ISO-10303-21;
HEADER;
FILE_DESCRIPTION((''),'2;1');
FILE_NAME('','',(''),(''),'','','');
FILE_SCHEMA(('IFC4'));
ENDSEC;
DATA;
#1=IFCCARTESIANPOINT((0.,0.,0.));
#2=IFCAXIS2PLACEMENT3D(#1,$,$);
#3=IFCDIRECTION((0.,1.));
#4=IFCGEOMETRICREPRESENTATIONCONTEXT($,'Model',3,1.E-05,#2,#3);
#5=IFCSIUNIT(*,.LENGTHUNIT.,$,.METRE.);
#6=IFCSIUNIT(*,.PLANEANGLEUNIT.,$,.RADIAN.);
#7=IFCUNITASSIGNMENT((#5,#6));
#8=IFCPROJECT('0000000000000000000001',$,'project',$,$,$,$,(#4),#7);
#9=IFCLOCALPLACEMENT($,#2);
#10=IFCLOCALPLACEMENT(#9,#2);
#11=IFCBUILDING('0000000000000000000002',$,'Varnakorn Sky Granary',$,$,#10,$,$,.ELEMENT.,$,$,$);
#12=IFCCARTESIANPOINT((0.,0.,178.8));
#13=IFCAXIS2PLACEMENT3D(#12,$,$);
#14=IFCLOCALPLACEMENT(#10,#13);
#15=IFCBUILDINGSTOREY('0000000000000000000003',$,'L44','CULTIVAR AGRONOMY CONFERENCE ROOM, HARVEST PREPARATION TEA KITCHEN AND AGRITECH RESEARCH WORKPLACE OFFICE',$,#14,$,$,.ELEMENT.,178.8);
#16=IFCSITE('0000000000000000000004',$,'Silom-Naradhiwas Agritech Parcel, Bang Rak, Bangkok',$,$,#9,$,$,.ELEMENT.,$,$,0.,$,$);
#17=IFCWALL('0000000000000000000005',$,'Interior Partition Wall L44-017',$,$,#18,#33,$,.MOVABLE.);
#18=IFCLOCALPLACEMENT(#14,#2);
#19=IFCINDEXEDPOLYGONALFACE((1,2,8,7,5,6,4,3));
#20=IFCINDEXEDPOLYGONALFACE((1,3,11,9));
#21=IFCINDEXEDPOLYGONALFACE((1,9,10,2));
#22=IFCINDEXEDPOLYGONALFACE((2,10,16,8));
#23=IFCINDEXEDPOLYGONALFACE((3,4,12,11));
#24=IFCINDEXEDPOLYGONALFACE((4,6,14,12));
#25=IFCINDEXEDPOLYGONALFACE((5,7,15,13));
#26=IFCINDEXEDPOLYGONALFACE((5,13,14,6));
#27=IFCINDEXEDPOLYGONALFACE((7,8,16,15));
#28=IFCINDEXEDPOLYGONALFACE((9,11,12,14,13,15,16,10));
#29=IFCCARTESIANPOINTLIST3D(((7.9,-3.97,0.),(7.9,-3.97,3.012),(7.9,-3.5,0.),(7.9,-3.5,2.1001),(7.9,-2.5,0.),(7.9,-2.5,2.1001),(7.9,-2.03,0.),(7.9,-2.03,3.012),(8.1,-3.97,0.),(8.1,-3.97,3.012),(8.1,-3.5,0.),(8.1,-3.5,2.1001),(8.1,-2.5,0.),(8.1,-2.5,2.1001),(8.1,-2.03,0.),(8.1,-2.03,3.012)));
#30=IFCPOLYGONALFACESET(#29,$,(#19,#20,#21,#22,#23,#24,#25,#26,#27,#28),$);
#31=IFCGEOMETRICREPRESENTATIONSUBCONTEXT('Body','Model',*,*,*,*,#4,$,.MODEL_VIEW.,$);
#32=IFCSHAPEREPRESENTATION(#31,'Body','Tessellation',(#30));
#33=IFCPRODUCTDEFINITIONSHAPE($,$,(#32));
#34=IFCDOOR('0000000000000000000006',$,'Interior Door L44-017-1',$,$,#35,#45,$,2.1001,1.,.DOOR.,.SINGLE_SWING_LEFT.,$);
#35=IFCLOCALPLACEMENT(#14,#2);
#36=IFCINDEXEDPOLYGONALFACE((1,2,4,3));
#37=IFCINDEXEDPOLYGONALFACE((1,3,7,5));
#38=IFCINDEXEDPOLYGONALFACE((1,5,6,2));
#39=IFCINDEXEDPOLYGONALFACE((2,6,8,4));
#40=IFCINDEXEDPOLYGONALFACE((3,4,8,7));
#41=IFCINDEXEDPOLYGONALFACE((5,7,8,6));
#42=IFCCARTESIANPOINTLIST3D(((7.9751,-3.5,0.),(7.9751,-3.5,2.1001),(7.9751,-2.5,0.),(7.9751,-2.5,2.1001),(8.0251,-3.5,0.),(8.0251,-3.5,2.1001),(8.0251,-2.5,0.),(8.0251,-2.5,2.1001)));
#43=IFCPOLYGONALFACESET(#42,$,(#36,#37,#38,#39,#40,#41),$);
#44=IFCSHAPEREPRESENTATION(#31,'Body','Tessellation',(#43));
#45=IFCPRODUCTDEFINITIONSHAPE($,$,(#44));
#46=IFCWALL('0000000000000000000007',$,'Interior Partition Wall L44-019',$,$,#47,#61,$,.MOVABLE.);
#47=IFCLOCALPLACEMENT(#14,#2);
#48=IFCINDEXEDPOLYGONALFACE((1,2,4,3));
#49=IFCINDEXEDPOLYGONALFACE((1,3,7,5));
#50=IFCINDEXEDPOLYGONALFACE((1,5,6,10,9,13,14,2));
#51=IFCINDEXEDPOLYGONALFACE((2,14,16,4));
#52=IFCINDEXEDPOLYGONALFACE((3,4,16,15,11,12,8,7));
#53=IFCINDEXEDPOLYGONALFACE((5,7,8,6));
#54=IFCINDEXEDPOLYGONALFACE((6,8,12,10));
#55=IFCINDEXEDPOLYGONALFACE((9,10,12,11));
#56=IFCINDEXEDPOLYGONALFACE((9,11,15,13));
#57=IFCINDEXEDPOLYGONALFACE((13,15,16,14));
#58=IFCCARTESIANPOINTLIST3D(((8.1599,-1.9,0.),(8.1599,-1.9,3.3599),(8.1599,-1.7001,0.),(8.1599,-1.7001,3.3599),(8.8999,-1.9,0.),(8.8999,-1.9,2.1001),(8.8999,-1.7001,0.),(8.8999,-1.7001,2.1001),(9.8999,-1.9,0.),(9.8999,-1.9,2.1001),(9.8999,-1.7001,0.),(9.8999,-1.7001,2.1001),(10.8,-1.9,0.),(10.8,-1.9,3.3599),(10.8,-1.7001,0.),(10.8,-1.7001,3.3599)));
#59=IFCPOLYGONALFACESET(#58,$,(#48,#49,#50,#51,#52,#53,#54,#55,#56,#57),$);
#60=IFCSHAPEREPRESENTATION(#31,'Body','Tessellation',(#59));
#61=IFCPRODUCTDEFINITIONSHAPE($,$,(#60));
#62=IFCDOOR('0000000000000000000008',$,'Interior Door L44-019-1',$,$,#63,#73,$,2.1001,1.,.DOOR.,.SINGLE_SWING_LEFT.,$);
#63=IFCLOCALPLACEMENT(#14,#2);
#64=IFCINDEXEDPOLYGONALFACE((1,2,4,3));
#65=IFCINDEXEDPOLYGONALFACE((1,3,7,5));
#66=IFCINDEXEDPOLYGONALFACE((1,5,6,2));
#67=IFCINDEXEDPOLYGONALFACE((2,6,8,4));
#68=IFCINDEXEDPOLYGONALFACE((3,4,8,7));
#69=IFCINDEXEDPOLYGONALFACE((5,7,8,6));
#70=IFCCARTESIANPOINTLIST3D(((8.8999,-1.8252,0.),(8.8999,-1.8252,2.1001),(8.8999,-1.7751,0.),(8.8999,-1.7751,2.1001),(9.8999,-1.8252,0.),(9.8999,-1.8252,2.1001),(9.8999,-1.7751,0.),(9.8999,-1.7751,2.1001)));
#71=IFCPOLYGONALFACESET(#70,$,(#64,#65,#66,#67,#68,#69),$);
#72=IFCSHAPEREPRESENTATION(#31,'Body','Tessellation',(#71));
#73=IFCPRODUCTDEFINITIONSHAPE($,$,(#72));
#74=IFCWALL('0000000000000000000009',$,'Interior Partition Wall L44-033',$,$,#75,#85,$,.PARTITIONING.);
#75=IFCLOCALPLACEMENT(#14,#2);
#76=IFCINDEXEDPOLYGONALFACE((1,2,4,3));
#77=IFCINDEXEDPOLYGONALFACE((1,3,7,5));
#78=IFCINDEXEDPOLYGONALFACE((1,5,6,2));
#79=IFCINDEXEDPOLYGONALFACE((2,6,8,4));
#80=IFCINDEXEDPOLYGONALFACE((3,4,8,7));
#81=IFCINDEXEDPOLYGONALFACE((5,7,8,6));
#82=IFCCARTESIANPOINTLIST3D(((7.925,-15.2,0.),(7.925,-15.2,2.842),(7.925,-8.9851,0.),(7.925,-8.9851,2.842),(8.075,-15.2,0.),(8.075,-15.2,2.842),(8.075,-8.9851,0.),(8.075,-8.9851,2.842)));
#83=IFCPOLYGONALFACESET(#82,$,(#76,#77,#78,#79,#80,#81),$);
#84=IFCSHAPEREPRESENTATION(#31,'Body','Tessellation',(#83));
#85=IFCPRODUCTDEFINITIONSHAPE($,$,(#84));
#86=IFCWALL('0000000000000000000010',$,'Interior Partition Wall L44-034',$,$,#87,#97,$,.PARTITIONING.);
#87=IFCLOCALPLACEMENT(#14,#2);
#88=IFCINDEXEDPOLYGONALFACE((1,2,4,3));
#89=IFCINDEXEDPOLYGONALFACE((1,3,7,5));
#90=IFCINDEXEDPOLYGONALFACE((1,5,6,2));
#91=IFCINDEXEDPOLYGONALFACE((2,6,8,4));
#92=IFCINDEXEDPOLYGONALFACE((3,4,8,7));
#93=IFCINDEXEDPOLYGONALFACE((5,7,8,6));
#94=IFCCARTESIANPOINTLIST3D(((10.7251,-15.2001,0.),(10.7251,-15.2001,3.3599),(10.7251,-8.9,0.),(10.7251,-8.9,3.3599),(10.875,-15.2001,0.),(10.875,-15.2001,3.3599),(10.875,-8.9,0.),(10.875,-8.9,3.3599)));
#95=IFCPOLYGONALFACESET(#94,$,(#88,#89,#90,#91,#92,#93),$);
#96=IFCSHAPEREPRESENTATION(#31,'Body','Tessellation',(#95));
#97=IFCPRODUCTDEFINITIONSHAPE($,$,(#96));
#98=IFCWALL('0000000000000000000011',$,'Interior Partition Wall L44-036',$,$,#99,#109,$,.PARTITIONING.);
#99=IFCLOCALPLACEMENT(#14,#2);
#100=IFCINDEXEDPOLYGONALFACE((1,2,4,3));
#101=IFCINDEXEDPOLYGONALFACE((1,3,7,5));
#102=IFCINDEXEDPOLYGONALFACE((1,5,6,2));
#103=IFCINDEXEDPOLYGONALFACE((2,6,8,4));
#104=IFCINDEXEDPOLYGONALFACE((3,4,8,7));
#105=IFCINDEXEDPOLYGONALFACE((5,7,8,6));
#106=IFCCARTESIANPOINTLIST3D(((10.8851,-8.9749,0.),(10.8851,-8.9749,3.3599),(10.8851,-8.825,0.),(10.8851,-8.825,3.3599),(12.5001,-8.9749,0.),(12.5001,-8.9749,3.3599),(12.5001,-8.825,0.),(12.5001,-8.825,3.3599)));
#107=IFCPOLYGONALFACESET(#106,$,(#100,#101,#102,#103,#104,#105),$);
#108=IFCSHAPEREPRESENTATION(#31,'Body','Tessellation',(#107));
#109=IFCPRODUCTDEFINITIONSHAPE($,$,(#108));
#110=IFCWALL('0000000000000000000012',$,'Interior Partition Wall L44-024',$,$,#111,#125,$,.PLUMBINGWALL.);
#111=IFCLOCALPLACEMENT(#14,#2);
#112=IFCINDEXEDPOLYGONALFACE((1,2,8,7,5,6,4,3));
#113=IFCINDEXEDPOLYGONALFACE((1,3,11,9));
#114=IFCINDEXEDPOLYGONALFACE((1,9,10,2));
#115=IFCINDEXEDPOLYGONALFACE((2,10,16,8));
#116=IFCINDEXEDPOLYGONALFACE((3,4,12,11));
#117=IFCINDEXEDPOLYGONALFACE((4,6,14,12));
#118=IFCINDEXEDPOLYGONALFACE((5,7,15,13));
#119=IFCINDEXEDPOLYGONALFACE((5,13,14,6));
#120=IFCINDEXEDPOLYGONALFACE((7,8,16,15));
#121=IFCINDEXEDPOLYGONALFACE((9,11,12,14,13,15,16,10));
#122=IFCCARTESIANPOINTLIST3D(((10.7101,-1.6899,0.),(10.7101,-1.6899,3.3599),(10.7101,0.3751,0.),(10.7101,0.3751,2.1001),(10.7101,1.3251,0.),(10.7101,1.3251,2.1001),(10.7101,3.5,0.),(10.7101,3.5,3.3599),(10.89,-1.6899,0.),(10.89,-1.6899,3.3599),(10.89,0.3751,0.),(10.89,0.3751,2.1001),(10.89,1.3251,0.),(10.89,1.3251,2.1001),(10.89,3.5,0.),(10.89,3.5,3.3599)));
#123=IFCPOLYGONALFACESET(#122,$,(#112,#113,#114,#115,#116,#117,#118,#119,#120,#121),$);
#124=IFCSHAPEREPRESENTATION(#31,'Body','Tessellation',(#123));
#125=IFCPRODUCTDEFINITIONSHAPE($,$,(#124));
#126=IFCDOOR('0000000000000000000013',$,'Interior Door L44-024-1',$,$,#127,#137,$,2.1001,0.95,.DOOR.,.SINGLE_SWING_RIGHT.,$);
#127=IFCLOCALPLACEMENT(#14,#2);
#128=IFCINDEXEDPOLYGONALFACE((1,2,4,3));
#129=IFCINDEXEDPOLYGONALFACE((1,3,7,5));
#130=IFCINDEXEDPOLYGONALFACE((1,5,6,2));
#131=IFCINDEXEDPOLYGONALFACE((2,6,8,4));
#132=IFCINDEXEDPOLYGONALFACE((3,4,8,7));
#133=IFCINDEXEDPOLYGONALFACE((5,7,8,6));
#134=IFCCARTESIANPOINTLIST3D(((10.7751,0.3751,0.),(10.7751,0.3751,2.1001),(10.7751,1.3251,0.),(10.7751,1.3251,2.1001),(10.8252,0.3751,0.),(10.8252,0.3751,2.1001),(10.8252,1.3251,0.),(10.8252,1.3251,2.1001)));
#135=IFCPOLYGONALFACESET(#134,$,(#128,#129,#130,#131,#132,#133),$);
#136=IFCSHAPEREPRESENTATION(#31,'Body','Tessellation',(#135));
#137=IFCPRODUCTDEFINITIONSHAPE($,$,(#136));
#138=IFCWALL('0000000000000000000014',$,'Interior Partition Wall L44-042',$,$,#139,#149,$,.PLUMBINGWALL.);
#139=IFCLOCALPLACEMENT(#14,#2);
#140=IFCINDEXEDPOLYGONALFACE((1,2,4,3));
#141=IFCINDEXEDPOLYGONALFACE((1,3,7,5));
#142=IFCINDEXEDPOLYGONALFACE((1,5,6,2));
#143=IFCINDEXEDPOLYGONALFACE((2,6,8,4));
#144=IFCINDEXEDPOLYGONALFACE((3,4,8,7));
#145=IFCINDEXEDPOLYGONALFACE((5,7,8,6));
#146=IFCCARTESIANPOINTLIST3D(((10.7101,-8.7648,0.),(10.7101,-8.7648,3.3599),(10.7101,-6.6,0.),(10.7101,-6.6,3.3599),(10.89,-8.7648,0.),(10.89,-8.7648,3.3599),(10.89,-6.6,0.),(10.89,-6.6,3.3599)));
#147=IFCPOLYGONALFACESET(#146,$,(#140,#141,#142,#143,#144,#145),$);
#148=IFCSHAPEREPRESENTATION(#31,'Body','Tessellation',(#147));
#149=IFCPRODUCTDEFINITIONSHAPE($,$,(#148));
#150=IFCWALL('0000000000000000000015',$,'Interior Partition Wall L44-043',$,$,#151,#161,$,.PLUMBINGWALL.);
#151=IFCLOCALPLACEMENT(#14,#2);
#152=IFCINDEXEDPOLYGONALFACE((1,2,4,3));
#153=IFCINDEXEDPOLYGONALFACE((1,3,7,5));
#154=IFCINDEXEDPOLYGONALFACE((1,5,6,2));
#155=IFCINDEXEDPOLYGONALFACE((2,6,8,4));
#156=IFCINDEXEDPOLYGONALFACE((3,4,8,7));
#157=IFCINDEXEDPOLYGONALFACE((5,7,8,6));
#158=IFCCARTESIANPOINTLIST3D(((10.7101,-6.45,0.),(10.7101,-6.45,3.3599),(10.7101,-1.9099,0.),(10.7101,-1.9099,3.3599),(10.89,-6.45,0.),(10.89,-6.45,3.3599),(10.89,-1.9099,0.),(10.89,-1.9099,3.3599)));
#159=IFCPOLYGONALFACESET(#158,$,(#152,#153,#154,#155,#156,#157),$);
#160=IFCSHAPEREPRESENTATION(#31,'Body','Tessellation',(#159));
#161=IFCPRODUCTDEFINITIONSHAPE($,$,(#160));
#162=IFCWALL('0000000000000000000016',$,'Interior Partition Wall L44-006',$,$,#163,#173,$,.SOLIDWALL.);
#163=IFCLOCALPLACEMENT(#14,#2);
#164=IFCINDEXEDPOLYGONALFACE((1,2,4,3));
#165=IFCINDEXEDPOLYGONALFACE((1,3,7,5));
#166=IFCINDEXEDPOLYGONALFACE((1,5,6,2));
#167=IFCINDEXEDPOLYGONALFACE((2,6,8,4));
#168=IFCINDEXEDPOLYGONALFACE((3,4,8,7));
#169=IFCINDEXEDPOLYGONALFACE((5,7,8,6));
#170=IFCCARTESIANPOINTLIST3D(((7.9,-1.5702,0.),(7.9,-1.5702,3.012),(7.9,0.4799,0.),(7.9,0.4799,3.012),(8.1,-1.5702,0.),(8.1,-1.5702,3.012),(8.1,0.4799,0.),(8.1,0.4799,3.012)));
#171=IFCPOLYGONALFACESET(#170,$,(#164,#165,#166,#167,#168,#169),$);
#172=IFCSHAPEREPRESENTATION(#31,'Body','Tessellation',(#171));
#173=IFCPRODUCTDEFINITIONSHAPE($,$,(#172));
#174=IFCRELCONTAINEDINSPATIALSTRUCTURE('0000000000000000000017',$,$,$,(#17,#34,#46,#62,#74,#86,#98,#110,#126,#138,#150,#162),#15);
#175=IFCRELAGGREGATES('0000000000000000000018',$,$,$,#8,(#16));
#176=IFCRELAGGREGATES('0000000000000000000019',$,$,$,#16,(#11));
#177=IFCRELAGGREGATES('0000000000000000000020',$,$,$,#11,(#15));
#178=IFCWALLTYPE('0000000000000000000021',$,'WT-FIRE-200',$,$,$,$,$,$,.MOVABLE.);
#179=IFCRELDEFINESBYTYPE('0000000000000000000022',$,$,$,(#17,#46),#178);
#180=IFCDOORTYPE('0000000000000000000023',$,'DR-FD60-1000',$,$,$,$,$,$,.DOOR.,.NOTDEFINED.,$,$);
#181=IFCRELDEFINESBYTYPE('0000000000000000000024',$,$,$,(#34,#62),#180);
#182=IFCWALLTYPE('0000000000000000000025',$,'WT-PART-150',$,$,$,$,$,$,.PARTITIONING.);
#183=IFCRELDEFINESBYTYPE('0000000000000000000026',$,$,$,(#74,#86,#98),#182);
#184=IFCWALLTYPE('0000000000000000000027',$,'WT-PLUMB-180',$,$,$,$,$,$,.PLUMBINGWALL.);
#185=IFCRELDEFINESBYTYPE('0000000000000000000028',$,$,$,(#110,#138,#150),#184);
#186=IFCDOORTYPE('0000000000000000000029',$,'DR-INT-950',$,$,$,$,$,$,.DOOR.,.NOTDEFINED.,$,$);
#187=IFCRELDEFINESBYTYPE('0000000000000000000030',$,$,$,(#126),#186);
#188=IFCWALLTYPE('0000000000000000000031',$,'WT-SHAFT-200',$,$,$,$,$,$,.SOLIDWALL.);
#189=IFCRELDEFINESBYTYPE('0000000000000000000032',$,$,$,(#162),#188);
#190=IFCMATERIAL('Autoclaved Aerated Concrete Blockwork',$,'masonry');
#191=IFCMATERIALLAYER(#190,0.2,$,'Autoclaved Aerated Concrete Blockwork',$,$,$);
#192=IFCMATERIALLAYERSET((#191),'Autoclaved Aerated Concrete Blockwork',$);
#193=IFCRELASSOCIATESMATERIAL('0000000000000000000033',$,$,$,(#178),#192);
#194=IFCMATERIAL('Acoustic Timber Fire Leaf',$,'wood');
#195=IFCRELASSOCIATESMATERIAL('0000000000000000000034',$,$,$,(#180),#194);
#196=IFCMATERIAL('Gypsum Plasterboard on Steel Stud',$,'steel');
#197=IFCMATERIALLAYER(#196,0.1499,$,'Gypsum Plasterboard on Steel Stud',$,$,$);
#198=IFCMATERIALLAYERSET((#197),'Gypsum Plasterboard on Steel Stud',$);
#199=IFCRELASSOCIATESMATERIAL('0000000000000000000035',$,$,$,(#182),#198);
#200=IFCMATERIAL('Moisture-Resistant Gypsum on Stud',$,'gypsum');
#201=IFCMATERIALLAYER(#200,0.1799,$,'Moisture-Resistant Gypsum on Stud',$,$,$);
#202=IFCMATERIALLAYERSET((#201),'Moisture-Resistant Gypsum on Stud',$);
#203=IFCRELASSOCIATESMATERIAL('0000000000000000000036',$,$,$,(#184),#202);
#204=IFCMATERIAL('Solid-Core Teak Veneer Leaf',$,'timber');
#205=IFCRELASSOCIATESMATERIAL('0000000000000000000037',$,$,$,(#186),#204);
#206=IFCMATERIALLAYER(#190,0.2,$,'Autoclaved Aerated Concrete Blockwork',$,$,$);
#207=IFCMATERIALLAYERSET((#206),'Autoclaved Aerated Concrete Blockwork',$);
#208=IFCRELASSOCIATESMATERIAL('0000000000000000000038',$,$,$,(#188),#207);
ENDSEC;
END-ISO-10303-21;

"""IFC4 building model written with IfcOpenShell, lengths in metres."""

from ifc_helpers import new_model, si_unit, direction, frame, frame_2d, origin, place, context, subcontext, project, spatial, rectangle, extrude, material, layer, layer_set, type_object, element, fill, save


model = new_model("IFC4")

# Units and contexts
model_context = context("Model", 3, precision=1e-05, world=origin(), true_north=direction((0.0, 1.0)))
body_context = subcontext(model_context, "Body", "Model", "MODEL_VIEW")
ifc_project = project(units=[si_unit("LENGTHUNIT", "METRE"), si_unit("PLANEANGLEUNIT", "RADIAN")], contexts=[model_context])

# Site, building, storey
site_placement = place(None, origin())
site = spatial("IfcSite", under=ifc_project, at=site_placement, Name="Silom-Naradhiwas Agritech Parcel, Bang Rak, Bangkok", CompositionType="ELEMENT", RefElevation=0.0)
building_placement = place(site_placement, origin())
building = spatial("IfcBuilding", under=site, at=building_placement, Name="Varnakorn Sky Granary", CompositionType="ELEMENT")
storey_placement = place(building_placement, frame((0.0, 0.0, 178.8)))
storey = spatial("IfcBuildingStorey", under=building, at=storey_placement, Name="L44", Description="CULTIVAR AGRONOMY CONFERENCE ROOM, HARVEST PREPARATION TEA KITCHEN AND AGRITECH RESEARCH WORKPLACE OFFICE", CompositionType="ELEMENT", Elevation=178.8)

# Walls, openings, doors
ifc_material_1 = material(Name="Autoclaved Aerated Concrete Blockwork", Category="masonry")
ifc_layer_1 = layer(ifc_material_1, 0.2, Name="Autoclaved Aerated Concrete Blockwork")
ifc_layer_set_1 = layer_set([ifc_layer_1], Name="Autoclaved Aerated Concrete Blockwork")
wall_type_1 = type_object("IfcWallType", Name="WT-FIRE-200", PredefinedType="MOVABLE", material=ifc_layer_set_1)
wall_1_placement = place(storey_placement, frame((8.0, -3.97, 0.0), z_axis=(0.0, 0.0, 1.0), x_axis=(0.0, 1.0, 0.0)))
wall_1 = element("IfcWall", 1, at=wall_1_placement, inside=storey, type_object=wall_type_1, Name="Interior Partition Wall L44-017", PredefinedType="MOVABLE", context=body_context, shape_type="SweptSolid", body=[
    extrude(rectangle(XDim=1.9399, YDim=0.2, at=frame_2d((0.97, 0.0))), origin(), (0.0, 0.0, 1.0), 3.012),
])
opening_1_placement = place(wall_1_placement, frame((0.47, 0.0, 0.0)))
opening_1 = element("IfcOpeningElement", 2, at=opening_1_placement, cuts=wall_1, PredefinedType="OPENING", context=body_context, shape_type="SweptSolid", body=[
    extrude(rectangle(XDim=1.0, YDim=2.1001, at=frame_2d((0.5, 1.05))), frame((0.0, 0.1099, 0.0), z_axis=(0.0, -1.0, 0.0), x_axis=(1.0, 0.0, 0.0)), (0.0, 0.0, 1.0), 0.22),
])
ifc_material_2 = material(Name="Acoustic Timber Fire Leaf", Category="wood")
door_type_1 = type_object("IfcDoorType", Name="DR-FD60-1000", OperationType="NOTDEFINED", PredefinedType="DOOR", material=ifc_material_2)
door_1_placement = place(opening_1_placement, origin())
door_1 = element("IfcDoor", 3, at=door_1_placement, inside=storey, type_object=door_type_1, Name="Interior Door L44-017-1", OperationType="SINGLE_SWING_LEFT", OverallHeight=2.1001, OverallWidth=1.0, PredefinedType="DOOR", context=body_context, shape_type="SweptSolid", body=[
    extrude(rectangle(XDim=1.0, YDim=2.1001, at=frame_2d((0.5, 1.05))), frame((0.0, 0.0249, 0.0), z_axis=(0.0, -1.0, 0.0), x_axis=(1.0, 0.0, 0.0)), (0.0, 0.0, 1.0), 0.05),
])
fill(opening_1, door_1)
wall_2_placement = place(storey_placement, frame((8.1599, -1.8, 0.0), z_axis=(0.0, 0.0, 1.0), x_axis=(1.0, 0.0, 0.0)))
wall_2 = element("IfcWall", 4, at=wall_2_placement, inside=storey, type_object=wall_type_1, Name="Interior Partition Wall L44-019", PredefinedType="MOVABLE", context=body_context, shape_type="SweptSolid", body=[
    extrude(rectangle(XDim=2.6401, YDim=0.2, at=frame_2d((1.3201, 0.0))), origin(), (0.0, 0.0, 1.0), 3.3599),
])
opening_2_placement = place(wall_2_placement, frame((0.74, 0.0, 0.0)))
opening_2 = element("IfcOpeningElement", 5, at=opening_2_placement, cuts=wall_2, PredefinedType="OPENING", context=body_context, shape_type="SweptSolid", body=[
    extrude(rectangle(XDim=1.0, YDim=2.1001, at=frame_2d((0.5, 1.05))), frame((0.0, 0.1099, 0.0), z_axis=(0.0, -1.0, 0.0), x_axis=(1.0, 0.0, 0.0)), (0.0, 0.0, 1.0), 0.22),
])
door_2_placement = place(opening_2_placement, origin())
door_2 = element("IfcDoor", 6, at=door_2_placement, inside=storey, type_object=door_type_1, Name="Interior Door L44-019-1", OperationType="SINGLE_SWING_LEFT", OverallHeight=2.1001, OverallWidth=1.0, PredefinedType="DOOR", context=body_context, shape_type="SweptSolid", body=[
    extrude(rectangle(XDim=1.0, YDim=2.1001, at=frame_2d((0.5, 1.05))), frame((0.0, 0.0249, 0.0), z_axis=(0.0, -1.0, 0.0), x_axis=(1.0, 0.0, 0.0)), (0.0, 0.0, 1.0), 0.05),
])
fill(opening_2, door_2)

# Walls
ifc_material_3 = material(Name="Gypsum Plasterboard on Steel Stud", Category="steel")
ifc_layer_2 = layer(ifc_material_3, 0.1499, Name="Gypsum Plasterboard on Steel Stud")
ifc_layer_set_2 = layer_set([ifc_layer_2], Name="Gypsum Plasterboard on Steel Stud")
wall_type_2 = type_object("IfcWallType", Name="WT-PART-150", PredefinedType="PARTITIONING", material=ifc_layer_set_2)
wall_3_placement = place(storey_placement, frame((8.0, -8.9851, 0.0), z_axis=(0.0, 0.0, 1.0), x_axis=(0.0, -1.0, 0.0)))
element("IfcWall", 7, at=wall_3_placement, inside=storey, type_object=wall_type_2, Name="Interior Partition Wall L44-033", PredefinedType="PARTITIONING", context=body_context, shape_type="SweptSolid", body=[
    extrude(rectangle(XDim=6.2148, YDim=0.1499, at=frame_2d((3.1074, 0.0))), origin(), (0.0, 0.0, 1.0), 2.842),
])
wall_4_placement = place(storey_placement, frame((10.8, -15.2, 0.0), z_axis=(0.0, 0.0, 1.0), x_axis=(0.0, 1.0, 0.0)))
element("IfcWall", 8, at=wall_4_placement, inside=storey, type_object=wall_type_2, Name="Interior Partition Wall L44-034", PredefinedType="PARTITIONING", context=body_context, shape_type="SweptSolid", body=[
    extrude(rectangle(XDim=6.3, YDim=0.1499, at=frame_2d((3.1499, 0.0))), origin(), (0.0, 0.0, 1.0), 3.3599),
])
wall_5_placement = place(storey_placement, frame((10.885, -8.8999, 0.0), z_axis=(0.0, 0.0, 1.0), x_axis=(1.0, 0.0, 0.0)))
element("IfcWall", 9, at=wall_5_placement, inside=storey, type_object=wall_type_2, Name="Interior Partition Wall L44-036", PredefinedType="PARTITIONING", context=body_context, shape_type="SweptSolid", body=[
    extrude(rectangle(XDim=1.615, YDim=0.1499, at=frame_2d((0.8076, 0.0))), origin(), (0.0, 0.0, 1.0), 3.3599),
])

# Wall, opening, door
ifc_material_4 = material(Name="Moisture-Resistant Gypsum on Stud", Category="gypsum")
ifc_layer_3 = layer(ifc_material_4, 0.1799, Name="Moisture-Resistant Gypsum on Stud")
ifc_layer_set_3 = layer_set([ifc_layer_3], Name="Moisture-Resistant Gypsum on Stud")
wall_type_3 = type_object("IfcWallType", Name="WT-PLUMB-180", PredefinedType="PLUMBINGWALL", material=ifc_layer_set_3)
wall_6_placement = place(storey_placement, frame((10.8, -1.6899, 0.0), z_axis=(0.0, 0.0, 1.0), x_axis=(0.0, 1.0, 0.0)))
wall_6 = element("IfcWall", 10, at=wall_6_placement, inside=storey, type_object=wall_type_3, Name="Interior Partition Wall L44-024", PredefinedType="PLUMBINGWALL", context=body_context, shape_type="SweptSolid", body=[
    extrude(rectangle(XDim=5.1899, YDim=0.1799, at=frame_2d((2.595, 0.0))), origin(), (0.0, 0.0, 1.0), 3.3599),
])
opening_3_placement = place(wall_6_placement, frame((2.0649, 0.0, 0.0)))
opening_3 = element("IfcOpeningElement", 11, at=opening_3_placement, cuts=wall_6, PredefinedType="OPENING", context=body_context, shape_type="SweptSolid", body=[
    extrude(rectangle(XDim=0.95, YDim=2.1001, at=frame_2d((0.4751, 1.05))), frame((0.0, 0.1001, 0.0), z_axis=(0.0, -1.0, 0.0), x_axis=(1.0, 0.0, 0.0)), (0.0, 0.0, 1.0), 0.2),
])
ifc_material_5 = material(Name="Solid-Core Teak Veneer Leaf", Category="timber")
door_type_2 = type_object("IfcDoorType", Name="DR-INT-950", OperationType="NOTDEFINED", PredefinedType="DOOR", material=ifc_material_5)
door_3_placement = place(opening_3_placement, origin())
door_3 = element("IfcDoor", 12, at=door_3_placement, inside=storey, type_object=door_type_2, Name="Interior Door L44-024-1", OperationType="SINGLE_SWING_RIGHT", OverallHeight=2.1001, OverallWidth=0.95, PredefinedType="DOOR", context=body_context, shape_type="SweptSolid", body=[
    extrude(rectangle(XDim=0.95, YDim=2.1001, at=frame_2d((0.4751, 1.05))), frame((0.0, 0.0249, 0.0), z_axis=(0.0, -1.0, 0.0), x_axis=(1.0, 0.0, 0.0)), (0.0, 0.0, 1.0), 0.05),
])
fill(opening_3, door_3)

# Walls
wall_7_placement = place(storey_placement, frame((10.8, -8.7649, 0.0), z_axis=(0.0, 0.0, 1.0), x_axis=(0.0, 1.0, 0.0)))
element("IfcWall", 13, at=wall_7_placement, inside=storey, type_object=wall_type_3, Name="Interior Partition Wall L44-042", PredefinedType="PLUMBINGWALL", context=body_context, shape_type="SweptSolid", body=[
    extrude(rectangle(XDim=2.1648, YDim=0.1799, at=frame_2d((1.0825, 0.0))), origin(), (0.0, 0.0, 1.0), 3.3599),
])
wall_8_placement = place(storey_placement, frame((10.8, -6.45, 0.0), z_axis=(0.0, 0.0, 1.0), x_axis=(0.0, 1.0, 0.0)))
element("IfcWall", 14, at=wall_8_placement, inside=storey, type_object=wall_type_3, Name="Interior Partition Wall L44-043", PredefinedType="PLUMBINGWALL", context=body_context, shape_type="SweptSolid", body=[
    extrude(rectangle(XDim=4.54, YDim=0.1799, at=frame_2d((2.27, 0.0))), origin(), (0.0, 0.0, 1.0), 3.3599),
])
ifc_layer_4 = layer(ifc_material_1, 0.2, Name="Autoclaved Aerated Concrete Blockwork")
ifc_layer_set_4 = layer_set([ifc_layer_4], Name="Autoclaved Aerated Concrete Blockwork")
wall_type_4 = type_object("IfcWallType", Name="WT-SHAFT-200", PredefinedType="SOLIDWALL", material=ifc_layer_set_4)
wall_9_placement = place(storey_placement, frame((8.0, -1.5701, 0.0), z_axis=(0.0, 0.0, 1.0), x_axis=(0.0, 1.0, 0.0)))
element("IfcWall", 15, at=wall_9_placement, inside=storey, type_object=wall_type_4, Name="Interior Partition Wall L44-006", PredefinedType="SOLIDWALL", context=body_context, shape_type="SweptSolid", body=[
    extrude(rectangle(XDim=2.05, YDim=0.2, at=frame_2d((1.0249, 0.0))), origin(), (0.0, 0.0, 1.0), 3.012),
])

save(model, "model.ifc")
